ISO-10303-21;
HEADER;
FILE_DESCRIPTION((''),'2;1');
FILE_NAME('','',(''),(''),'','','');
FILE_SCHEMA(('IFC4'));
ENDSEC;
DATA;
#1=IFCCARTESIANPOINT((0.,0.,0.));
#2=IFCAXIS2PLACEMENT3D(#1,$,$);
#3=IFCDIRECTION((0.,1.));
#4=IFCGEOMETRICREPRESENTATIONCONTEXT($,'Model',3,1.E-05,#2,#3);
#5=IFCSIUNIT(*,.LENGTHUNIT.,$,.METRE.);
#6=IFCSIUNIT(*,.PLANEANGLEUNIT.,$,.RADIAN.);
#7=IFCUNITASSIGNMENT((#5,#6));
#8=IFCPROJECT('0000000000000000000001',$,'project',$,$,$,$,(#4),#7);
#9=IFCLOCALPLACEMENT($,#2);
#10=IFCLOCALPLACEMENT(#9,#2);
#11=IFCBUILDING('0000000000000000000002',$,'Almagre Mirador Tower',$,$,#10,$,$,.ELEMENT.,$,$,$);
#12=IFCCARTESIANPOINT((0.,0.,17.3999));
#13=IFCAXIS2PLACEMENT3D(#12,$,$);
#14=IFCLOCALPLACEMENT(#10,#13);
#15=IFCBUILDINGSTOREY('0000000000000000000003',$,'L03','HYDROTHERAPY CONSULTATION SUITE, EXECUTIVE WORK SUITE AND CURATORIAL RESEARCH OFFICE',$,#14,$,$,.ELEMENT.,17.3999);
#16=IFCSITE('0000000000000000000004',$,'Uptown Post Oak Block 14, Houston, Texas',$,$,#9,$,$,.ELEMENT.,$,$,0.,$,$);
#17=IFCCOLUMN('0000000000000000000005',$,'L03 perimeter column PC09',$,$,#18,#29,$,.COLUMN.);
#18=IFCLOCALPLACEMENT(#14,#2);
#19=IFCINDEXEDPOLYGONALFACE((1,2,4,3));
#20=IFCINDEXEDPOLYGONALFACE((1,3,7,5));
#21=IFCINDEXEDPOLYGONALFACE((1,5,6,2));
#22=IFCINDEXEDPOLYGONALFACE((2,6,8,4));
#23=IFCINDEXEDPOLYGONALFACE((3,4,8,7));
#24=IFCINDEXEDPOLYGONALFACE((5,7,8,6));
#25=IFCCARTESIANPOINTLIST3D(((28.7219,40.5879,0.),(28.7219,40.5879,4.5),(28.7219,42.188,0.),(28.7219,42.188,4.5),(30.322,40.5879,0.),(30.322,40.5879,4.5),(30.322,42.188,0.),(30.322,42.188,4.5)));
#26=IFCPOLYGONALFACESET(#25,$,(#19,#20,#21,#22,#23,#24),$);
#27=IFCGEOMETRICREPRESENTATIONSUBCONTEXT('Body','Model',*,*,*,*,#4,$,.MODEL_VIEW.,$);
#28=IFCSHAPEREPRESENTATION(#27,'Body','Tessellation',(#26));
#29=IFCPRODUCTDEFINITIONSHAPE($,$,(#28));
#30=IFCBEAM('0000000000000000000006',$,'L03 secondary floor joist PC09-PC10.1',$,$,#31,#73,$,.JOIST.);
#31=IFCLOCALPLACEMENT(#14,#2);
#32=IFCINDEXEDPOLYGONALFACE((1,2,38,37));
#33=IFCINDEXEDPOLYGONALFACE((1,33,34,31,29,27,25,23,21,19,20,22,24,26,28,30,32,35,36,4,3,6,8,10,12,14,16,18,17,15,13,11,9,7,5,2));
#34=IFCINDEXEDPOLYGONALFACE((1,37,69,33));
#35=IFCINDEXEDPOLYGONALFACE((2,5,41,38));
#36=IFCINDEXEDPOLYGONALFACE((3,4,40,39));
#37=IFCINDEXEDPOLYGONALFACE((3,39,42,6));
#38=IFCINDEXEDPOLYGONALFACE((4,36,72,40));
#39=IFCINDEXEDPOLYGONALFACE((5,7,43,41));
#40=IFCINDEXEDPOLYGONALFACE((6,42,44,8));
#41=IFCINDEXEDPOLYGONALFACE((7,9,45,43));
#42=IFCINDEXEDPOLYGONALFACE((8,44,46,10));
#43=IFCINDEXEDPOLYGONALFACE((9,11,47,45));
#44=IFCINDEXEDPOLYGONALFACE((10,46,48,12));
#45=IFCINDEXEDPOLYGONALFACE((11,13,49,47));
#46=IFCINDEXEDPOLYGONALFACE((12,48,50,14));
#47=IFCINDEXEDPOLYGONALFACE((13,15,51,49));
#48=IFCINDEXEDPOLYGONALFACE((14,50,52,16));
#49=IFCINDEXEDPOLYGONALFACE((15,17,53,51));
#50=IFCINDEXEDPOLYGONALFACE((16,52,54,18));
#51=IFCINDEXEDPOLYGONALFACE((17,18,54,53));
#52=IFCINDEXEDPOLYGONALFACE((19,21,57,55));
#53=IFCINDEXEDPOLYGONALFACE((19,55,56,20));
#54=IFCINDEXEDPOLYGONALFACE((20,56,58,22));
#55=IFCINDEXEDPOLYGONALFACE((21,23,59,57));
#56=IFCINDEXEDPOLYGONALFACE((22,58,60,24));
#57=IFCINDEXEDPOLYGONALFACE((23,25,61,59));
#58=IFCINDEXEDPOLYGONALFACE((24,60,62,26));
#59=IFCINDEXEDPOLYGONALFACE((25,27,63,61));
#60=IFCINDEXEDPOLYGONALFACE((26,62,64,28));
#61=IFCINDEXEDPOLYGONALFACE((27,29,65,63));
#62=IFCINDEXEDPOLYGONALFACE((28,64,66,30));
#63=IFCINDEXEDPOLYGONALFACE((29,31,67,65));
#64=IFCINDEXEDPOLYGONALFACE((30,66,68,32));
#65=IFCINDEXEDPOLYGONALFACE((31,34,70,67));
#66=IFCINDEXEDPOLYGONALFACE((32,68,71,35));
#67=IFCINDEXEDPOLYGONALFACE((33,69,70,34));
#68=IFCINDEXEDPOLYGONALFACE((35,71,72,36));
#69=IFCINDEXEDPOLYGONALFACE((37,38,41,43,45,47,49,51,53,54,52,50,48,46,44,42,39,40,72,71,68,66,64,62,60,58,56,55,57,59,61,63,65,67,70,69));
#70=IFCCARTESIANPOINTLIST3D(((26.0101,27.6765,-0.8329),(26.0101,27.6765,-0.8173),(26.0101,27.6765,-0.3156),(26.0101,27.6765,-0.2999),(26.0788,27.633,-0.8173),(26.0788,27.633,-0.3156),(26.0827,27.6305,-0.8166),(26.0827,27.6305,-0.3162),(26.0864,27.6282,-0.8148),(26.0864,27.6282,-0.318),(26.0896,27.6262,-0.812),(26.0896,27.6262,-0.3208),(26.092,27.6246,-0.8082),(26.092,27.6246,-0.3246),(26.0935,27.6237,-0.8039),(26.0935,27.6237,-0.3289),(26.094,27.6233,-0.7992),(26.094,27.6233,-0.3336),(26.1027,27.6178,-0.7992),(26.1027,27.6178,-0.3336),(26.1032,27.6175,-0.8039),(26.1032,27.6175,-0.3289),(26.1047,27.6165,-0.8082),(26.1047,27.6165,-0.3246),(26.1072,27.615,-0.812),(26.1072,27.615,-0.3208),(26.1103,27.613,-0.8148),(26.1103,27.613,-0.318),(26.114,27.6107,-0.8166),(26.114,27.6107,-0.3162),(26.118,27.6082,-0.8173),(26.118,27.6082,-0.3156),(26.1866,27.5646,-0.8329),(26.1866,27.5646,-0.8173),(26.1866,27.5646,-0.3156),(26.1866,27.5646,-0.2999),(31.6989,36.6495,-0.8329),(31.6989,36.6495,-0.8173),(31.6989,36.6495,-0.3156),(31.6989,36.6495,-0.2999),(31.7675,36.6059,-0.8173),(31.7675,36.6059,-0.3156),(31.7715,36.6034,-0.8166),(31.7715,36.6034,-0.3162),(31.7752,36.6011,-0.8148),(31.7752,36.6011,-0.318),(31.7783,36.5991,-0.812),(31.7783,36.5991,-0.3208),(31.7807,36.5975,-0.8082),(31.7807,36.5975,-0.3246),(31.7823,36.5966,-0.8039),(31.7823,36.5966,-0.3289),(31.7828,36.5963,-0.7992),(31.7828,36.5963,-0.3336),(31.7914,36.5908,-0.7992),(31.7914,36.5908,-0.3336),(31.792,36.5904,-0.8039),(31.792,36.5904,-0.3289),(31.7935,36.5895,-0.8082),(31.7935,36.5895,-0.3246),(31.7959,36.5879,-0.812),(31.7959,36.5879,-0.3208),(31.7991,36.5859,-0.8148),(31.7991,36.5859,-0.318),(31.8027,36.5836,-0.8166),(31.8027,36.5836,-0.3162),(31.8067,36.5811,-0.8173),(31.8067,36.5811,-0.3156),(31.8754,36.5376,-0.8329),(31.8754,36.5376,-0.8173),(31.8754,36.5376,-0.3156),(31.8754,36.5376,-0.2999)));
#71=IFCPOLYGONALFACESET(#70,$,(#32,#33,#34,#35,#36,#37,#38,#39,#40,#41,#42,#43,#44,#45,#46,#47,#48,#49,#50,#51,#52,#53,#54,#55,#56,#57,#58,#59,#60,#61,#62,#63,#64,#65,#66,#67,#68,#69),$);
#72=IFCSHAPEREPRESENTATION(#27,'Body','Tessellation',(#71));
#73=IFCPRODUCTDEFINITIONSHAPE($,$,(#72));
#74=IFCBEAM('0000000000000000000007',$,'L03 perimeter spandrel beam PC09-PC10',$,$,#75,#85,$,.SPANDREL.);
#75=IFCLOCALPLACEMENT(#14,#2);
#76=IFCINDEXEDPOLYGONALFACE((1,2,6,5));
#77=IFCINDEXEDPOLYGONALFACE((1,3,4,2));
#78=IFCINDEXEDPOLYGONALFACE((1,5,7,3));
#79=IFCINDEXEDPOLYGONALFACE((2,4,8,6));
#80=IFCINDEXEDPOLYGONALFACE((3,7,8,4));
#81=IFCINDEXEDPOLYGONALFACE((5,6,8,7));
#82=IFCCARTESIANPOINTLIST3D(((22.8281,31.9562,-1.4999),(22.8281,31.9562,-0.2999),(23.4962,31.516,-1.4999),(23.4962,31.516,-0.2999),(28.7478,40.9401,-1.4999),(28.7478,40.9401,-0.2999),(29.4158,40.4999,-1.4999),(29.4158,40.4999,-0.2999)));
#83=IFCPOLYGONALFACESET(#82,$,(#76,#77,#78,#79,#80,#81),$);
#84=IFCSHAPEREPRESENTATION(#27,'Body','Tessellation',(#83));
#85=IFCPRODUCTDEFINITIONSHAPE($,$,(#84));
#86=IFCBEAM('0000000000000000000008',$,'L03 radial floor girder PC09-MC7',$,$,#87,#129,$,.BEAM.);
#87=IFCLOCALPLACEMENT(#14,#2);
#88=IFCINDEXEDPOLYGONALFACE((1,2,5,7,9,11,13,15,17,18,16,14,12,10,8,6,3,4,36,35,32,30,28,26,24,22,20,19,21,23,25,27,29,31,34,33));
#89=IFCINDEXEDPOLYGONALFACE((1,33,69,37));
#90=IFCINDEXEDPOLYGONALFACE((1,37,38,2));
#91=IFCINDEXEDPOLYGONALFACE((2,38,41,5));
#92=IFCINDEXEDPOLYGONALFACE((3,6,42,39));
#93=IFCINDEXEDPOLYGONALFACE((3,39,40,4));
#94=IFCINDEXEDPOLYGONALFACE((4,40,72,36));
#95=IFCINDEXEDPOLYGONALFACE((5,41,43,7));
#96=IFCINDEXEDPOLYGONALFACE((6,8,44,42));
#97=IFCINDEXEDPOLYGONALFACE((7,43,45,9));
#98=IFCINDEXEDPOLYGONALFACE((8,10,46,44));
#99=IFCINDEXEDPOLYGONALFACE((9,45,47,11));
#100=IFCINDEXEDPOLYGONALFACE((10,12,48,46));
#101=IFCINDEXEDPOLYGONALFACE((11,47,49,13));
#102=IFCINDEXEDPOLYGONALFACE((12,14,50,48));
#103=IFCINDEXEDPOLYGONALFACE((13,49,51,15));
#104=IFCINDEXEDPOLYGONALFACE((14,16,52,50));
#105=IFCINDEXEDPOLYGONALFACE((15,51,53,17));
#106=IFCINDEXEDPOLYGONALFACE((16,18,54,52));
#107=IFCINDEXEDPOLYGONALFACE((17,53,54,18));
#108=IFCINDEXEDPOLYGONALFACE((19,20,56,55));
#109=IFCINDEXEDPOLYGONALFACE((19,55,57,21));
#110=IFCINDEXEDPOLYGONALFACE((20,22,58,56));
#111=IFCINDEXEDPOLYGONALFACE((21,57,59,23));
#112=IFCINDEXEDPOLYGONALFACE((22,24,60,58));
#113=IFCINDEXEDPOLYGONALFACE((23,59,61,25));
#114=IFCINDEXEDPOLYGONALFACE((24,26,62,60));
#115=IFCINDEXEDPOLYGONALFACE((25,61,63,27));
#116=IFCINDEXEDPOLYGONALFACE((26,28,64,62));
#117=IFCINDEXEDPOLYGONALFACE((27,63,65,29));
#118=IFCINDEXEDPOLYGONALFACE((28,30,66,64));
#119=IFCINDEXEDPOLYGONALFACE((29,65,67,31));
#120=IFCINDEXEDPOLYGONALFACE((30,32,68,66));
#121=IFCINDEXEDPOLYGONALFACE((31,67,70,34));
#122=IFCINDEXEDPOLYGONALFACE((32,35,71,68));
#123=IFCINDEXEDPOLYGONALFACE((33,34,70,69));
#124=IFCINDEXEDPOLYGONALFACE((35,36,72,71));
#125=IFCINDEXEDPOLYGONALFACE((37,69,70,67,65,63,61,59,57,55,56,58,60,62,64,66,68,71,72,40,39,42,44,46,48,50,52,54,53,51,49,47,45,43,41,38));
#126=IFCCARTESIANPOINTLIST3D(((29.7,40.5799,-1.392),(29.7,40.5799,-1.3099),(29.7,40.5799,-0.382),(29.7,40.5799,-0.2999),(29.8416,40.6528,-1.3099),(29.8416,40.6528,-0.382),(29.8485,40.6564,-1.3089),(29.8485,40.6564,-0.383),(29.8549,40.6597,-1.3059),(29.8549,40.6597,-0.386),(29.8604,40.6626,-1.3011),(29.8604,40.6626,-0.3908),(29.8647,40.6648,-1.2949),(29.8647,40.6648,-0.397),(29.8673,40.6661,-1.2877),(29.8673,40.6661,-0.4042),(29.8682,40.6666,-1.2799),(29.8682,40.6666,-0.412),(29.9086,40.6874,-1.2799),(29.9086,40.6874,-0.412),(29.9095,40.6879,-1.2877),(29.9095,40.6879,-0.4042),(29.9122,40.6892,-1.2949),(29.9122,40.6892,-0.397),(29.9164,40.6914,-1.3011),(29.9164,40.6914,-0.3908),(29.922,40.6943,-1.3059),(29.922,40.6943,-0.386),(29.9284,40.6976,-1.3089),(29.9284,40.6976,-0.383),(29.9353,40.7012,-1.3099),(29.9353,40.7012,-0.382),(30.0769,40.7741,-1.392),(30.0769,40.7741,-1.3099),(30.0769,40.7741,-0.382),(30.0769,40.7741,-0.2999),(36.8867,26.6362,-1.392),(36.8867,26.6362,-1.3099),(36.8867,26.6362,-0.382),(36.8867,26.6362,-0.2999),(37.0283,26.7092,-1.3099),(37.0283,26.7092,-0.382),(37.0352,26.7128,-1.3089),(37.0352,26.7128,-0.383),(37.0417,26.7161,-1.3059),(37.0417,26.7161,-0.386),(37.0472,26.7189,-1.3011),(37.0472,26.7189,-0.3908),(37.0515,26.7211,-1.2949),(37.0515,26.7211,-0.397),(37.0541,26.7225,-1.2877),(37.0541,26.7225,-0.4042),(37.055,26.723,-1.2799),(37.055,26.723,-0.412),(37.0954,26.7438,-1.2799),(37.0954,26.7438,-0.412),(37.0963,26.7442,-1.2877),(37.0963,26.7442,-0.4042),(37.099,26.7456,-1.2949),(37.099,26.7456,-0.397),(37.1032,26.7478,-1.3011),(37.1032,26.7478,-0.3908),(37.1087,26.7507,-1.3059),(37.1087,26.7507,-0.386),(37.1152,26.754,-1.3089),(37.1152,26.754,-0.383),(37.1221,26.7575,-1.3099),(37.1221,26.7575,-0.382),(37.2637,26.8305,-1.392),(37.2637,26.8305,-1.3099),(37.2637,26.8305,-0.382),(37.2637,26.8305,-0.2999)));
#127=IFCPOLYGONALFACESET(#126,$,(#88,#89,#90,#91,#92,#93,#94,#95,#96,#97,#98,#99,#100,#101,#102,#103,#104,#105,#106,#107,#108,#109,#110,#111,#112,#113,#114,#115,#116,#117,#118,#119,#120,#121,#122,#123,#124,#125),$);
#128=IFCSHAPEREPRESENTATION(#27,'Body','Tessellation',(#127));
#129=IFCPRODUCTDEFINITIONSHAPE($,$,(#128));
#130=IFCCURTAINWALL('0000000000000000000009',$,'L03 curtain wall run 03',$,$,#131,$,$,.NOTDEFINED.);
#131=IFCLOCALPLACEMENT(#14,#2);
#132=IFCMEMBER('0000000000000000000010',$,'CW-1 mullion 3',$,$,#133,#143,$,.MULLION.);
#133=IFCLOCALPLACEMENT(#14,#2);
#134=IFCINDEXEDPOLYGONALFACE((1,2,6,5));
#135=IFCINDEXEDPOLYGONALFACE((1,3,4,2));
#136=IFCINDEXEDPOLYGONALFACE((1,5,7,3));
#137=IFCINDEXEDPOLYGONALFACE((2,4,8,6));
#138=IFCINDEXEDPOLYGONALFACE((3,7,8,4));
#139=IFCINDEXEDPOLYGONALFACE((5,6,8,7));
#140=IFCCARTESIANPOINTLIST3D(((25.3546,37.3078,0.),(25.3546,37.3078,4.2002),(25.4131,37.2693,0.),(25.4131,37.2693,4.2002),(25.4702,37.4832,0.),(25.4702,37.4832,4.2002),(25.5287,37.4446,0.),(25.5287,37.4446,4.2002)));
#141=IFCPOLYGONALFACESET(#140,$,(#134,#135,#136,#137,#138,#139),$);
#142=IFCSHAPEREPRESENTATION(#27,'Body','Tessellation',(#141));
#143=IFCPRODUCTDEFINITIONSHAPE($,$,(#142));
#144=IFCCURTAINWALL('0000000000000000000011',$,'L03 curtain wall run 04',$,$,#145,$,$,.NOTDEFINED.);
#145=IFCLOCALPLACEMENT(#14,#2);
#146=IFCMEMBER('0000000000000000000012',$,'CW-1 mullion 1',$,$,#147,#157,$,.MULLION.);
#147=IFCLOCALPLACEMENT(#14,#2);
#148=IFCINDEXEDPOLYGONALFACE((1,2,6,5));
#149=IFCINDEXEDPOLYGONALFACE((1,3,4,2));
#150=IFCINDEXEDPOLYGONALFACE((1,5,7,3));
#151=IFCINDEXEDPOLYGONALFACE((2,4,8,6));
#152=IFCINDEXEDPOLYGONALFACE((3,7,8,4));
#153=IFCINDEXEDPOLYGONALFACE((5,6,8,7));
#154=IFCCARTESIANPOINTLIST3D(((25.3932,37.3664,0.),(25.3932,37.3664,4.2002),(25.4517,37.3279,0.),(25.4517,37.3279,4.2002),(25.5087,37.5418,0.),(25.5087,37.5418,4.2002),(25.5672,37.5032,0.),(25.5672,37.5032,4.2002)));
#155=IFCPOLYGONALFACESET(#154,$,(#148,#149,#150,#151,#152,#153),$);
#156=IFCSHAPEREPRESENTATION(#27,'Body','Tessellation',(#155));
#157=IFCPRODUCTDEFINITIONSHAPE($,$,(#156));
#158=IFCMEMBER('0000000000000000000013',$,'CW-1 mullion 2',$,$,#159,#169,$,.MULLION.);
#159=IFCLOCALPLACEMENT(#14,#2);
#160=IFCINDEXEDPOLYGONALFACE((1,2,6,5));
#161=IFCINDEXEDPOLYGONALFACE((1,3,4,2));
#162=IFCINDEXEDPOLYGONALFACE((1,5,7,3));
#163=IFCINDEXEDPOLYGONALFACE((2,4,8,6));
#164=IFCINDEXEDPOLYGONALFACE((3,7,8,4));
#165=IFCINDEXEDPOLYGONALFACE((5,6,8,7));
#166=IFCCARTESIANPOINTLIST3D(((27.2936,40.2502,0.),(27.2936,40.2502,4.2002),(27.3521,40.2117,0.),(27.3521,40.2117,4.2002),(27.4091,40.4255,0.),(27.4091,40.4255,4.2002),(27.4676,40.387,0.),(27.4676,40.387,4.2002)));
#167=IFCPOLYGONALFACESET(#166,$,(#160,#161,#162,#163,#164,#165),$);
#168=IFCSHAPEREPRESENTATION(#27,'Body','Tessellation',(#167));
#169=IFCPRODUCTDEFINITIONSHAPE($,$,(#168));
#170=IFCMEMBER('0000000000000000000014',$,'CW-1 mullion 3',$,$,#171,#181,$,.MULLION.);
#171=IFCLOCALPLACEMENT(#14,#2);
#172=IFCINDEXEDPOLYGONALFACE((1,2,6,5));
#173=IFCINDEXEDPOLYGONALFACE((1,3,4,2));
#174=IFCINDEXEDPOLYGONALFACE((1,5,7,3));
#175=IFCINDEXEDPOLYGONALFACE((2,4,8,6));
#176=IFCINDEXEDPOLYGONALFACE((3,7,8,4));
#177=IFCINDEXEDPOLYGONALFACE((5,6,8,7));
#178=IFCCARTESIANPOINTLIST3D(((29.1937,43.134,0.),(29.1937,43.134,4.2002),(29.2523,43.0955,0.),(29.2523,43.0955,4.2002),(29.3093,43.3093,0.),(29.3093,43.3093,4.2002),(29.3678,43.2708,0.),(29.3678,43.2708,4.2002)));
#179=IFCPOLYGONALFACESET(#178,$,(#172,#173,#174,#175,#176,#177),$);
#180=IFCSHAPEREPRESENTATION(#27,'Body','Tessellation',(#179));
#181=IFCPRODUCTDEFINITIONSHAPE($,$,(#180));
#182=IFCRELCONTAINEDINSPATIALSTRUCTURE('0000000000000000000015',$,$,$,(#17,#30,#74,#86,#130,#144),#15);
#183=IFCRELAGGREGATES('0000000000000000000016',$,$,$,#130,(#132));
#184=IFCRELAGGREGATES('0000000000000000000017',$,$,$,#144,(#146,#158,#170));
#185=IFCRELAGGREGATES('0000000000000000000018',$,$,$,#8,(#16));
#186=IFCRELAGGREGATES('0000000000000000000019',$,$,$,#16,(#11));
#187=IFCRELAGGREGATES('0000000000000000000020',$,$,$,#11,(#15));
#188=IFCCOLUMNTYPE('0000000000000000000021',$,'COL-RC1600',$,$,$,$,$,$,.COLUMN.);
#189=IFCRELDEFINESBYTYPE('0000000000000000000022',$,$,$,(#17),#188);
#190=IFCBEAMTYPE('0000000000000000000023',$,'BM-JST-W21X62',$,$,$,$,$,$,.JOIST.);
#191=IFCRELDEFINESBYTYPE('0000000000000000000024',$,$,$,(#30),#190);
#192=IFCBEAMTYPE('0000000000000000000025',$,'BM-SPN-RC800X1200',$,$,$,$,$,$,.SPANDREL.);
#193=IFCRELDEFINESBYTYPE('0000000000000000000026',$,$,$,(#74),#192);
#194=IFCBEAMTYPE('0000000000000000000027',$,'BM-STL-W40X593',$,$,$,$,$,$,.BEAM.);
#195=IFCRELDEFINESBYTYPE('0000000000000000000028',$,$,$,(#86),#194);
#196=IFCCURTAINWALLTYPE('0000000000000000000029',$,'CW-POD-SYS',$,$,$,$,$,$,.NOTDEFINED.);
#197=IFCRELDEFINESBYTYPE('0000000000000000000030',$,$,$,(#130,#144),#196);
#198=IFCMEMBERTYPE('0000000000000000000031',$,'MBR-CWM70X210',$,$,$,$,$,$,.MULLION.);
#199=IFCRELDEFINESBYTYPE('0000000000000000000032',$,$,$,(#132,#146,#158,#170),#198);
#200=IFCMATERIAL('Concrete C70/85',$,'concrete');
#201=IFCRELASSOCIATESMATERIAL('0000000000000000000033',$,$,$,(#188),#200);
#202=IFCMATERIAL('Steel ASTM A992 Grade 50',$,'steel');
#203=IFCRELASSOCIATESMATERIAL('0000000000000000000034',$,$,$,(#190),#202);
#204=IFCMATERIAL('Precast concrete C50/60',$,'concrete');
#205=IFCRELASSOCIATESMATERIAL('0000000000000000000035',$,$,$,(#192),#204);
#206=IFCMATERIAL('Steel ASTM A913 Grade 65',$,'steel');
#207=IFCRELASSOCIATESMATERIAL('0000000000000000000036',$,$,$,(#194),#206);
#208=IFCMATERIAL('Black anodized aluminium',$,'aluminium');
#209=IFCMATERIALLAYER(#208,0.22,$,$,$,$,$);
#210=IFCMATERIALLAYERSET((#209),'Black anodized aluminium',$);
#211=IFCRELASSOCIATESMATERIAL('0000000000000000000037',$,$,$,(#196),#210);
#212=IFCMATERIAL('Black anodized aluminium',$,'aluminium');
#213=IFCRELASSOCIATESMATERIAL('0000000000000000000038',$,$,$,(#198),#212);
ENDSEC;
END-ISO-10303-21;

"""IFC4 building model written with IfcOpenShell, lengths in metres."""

from ifc_helpers import new_model, si_unit, direction, frame, origin, origin_2d, place, context, subcontext, project, spatial, rectangle, i_section, extrude, material, layer, layer_set, material_profile, profile_set, type_object, element, aggregate, save


model = new_model("IFC4")

# Units and contexts
model_context = context("Model", 3, precision=1e-05, world=origin(), true_north=direction((0.0, 1.0)))
body_context = subcontext(model_context, "Body", "Model", "MODEL_VIEW")
ifc_project = project(units=[si_unit("LENGTHUNIT", "METRE"), si_unit("PLANEANGLEUNIT", "RADIAN")], contexts=[model_context])

# Site, building, storey
site_placement = place(None, origin())
site = spatial("IfcSite", under=ifc_project, at=site_placement, Name="Uptown Post Oak Block 14, Houston, Texas", CompositionType="ELEMENT", RefElevation=0.0)
building_placement = place(site_placement, origin())
building = spatial("IfcBuilding", under=site, at=building_placement, Name="Almagre Mirador Tower", CompositionType="ELEMENT")
storey_placement = place(building_placement, frame((0.0, 0.0, 17.3999)))
storey = spatial("IfcBuildingStorey", under=building, at=storey_placement, Name="L03", Description="HYDROTHERAPY CONSULTATION SUITE, EXECUTIVE WORK SUITE AND CURATORIAL RESEARCH OFFICE", CompositionType="ELEMENT", Elevation=17.3999)

# Column
ifc_material_1 = material(Name="Concrete C70/85", Category="concrete")
ifc_material_profile_1 = material_profile(ifc_material_1, rectangle(XDim=1.6001, YDim=1.6001, at=origin_2d()), Name="RC1600X1600")
ifc_profile_set_1 = profile_set([ifc_material_profile_1], Name="Concrete C70/85")
column_type = type_object("IfcColumnType", Name="COL-RC1600", PredefinedType="COLUMN", material=ifc_profile_set_1)
column_placement = place(storey_placement, frame((29.522, 41.3879, 0.0), z_axis=(0.0, 0.0, 1.0), x_axis=(1.0, 0.0, 0.0)))
element("IfcColumn", 1, at=column_placement, inside=storey, type_object=column_type, Name="L03 perimeter column PC09", PredefinedType="COLUMN", context=body_context, shape_type="SweptSolid", body=[
    extrude(rectangle(XDim=1.6001, YDim=1.6001, at=origin_2d()), origin(), (0.0, 0.0, 1.0), 4.5),
])

# Beams
ifc_material_2 = material(Name="Steel ASTM A992 Grade 50", Category="steel")
ifc_material_profile_2 = material_profile(ifc_material_2, i_section(OverallWidth=0.209, OverallDepth=0.533, WebThickness=0.0103, FlangeThickness=0.0156, FilletRadius=0.0181, at=origin_2d()), Name="W21X62")
ifc_profile_set_2 = profile_set([ifc_material_profile_2], Name="Steel ASTM A992 Grade 50")
beam_type_1 = type_object("IfcBeamType", Name="BM-JST-W21X62", PredefinedType="JOIST", material=ifc_profile_set_2)
beam_1_placement = place(storey_placement, frame((31.7871, 36.5935, -0.5664), z_axis=(-0.535447, -0.844569, 0.0), x_axis=(0.844569, -0.535447, 0.0)))
element("IfcBeam", 2, at=beam_1_placement, inside=storey, type_object=beam_type_1, Name="L03 secondary floor joist PC09-PC10.1", PredefinedType="JOIST", context=body_context, shape_type="SweptSolid", body=[
    extrude(i_section(OverallWidth=0.209, OverallDepth=0.533, WebThickness=0.0103, FlangeThickness=0.0156, FilletRadius=0.0181, at=origin_2d()), origin(), (0.0, 0.0, 1.0), 10.6243),
])
ifc_material_3 = material(Name="Precast concrete C50/60", Category="concrete")
ifc_material_profile_3 = material_profile(ifc_material_3, rectangle(XDim=0.8, YDim=1.2, at=origin_2d()), Name="RC800X1200")
ifc_profile_set_3 = profile_set([ifc_material_profile_3], Name="Precast concrete C50/60")
beam_type_2 = type_object("IfcBeamType", Name="BM-SPN-RC800X1200", PredefinedType="SPANDREL", material=ifc_profile_set_3)
beam_2_placement = place(storey_placement, frame((29.0818, 40.72, -0.8999), z_axis=(-0.550215, -0.835023, 0.0), x_axis=(0.835023, -0.550215, 0.0)))
element("IfcBeam", 3, at=beam_2_placement, inside=storey, type_object=beam_type_2, Name="L03 perimeter spandrel beam PC09-PC10", PredefinedType="SPANDREL", context=body_context, shape_type="SweptSolid", body=[
    extrude(rectangle(XDim=0.8, YDim=1.2, at=origin_2d()), origin(), (0.0, 0.0, 1.0), 10.7588),
])
ifc_material_4 = material(Name="Steel ASTM A913 Grade 65", Category="steel")
ifc_material_profile_4 = material_profile(ifc_material_4, i_section(OverallWidth=0.4241, OverallDepth=1.092, WebThickness=0.0454, FlangeThickness=0.082, FilletRadius=0.03, at=origin_2d()), Name="W40X593")
ifc_profile_set_4 = profile_set([ifc_material_profile_4], Name="Steel ASTM A913 Grade 65")
beam_type_3 = type_object("IfcBeamType", Name="BM-STL-W40X593", PredefinedType="BEAM", material=ifc_profile_set_4)
beam_3_placement = place(storey_placement, frame((29.8884, 40.677, -0.8459), z_axis=(0.458143, -0.888879, 0.0), x_axis=(0.888879, 0.458143, 0.0)))
element("IfcBeam", 4, at=beam_3_placement, inside=storey, type_object=beam_type_3, Name="L03 radial floor girder PC09-MC7", PredefinedType="BEAM", context=body_context, shape_type="SweptSolid", body=[
    extrude(i_section(OverallWidth=0.4241, OverallDepth=1.092, WebThickness=0.0454, FlangeThickness=0.082, FilletRadius=0.03, at=origin_2d()), origin(), (0.0, 0.0, 1.0), 15.6868),
])

# Curtain wall, member
ifc_material_5 = material(Name="Black anodized aluminium", Category="aluminium")
ifc_layer_1 = layer(ifc_material_5, 0.22)
ifc_layer_set_1 = layer_set([ifc_layer_1], Name="Black anodized aluminium")
curtain_wall_type = type_object("IfcCurtainWallType", Name="CW-POD-SYS", PredefinedType="NOTDEFINED", material=ifc_layer_set_1)
curtain_wall_1_placement = place(storey_placement, origin())
curtain_wall_1 = element("IfcCurtainWall", 5, at=curtain_wall_1_placement, inside=storey, type_object=curtain_wall_type, Name="L03 curtain wall run 03", PredefinedType="NOTDEFINED")
ifc_material_6 = material(Name="Black anodized aluminium", Category="aluminium")
ifc_material_profile_5 = material_profile(ifc_material_6, rectangle(XDim=0.0701, YDim=0.21, at=origin_2d()), Name="CWM70X210")
ifc_profile_set_5 = profile_set([ifc_material_profile_5], Name="Black anodized aluminium")
member_type_1 = type_object("IfcMemberType", Name="MBR-CWM70X210", PredefinedType="MULLION", material=ifc_profile_set_5)
member_1_placement = place(storey_placement, frame((25.4417, 37.3762, 0.0), z_axis=(0.0, 0.0, 1.0), x_axis=(-0.835024, 0.550214, 0.0)))
member_1 = element("IfcMember", 6, at=member_1_placement, type_object=member_type_1, Name="CW-1 mullion 3", PredefinedType="MULLION", context=body_context, shape_type="SweptSolid", body=[
    extrude(rectangle(XDim=0.0701, YDim=0.21, at=origin_2d()), origin(), (0.0, 0.0, 1.0), 4.2002),
])
aggregate(curtain_wall_1, [member_1])

# Curtain wall, members
curtain_wall_2_placement = place(storey_placement, origin())
curtain_wall_2 = element("IfcCurtainWall", 7, at=curtain_wall_2_placement, inside=storey, type_object=curtain_wall_type, Name="L03 curtain wall run 04", PredefinedType="NOTDEFINED")
member_2_placement = place(storey_placement, frame((25.4802, 37.4348, 0.0), z_axis=(0.0, 0.0, 1.0), x_axis=(-0.835024, 0.550214, 0.0)))
member_2 = element("IfcMember", 8, at=member_2_placement, type_object=member_type_1, Name="CW-1 mullion 1", PredefinedType="MULLION", context=body_context, shape_type="SweptSolid", body=[
    extrude(rectangle(XDim=0.0701, YDim=0.21, at=origin_2d()), origin(), (0.0, 0.0, 1.0), 4.2002),
])
member_3_placement = place(storey_placement, frame((27.3806, 40.3186, 0.0), z_axis=(0.0, 0.0, 1.0), x_axis=(-0.835024, 0.550214, 0.0)))
member_3 = element("IfcMember", 9, at=member_3_placement, type_object=member_type_1, Name="CW-1 mullion 2", PredefinedType="MULLION", context=body_context, shape_type="SweptSolid", body=[
    extrude(rectangle(XDim=0.0701, YDim=0.21, at=origin_2d()), origin(), (0.0, 0.0, 1.0), 4.2002),
])
member_4_placement = place(storey_placement, frame((29.2808, 43.2024, 0.0), z_axis=(0.0, 0.0, 1.0), x_axis=(-0.835024, 0.550214, 0.0)))
member_4 = element("IfcMember", 10, at=member_4_placement, type_object=member_type_1, Name="CW-1 mullion 3", PredefinedType="MULLION", context=body_context, shape_type="SweptSolid", body=[
    extrude(rectangle(XDim=0.0701, YDim=0.21, at=origin_2d()), origin(), (0.0, 0.0, 1.0), 4.2002),
])
aggregate(curtain_wall_2, [member_2, member_3, member_4])

save(model, "model.ifc")
